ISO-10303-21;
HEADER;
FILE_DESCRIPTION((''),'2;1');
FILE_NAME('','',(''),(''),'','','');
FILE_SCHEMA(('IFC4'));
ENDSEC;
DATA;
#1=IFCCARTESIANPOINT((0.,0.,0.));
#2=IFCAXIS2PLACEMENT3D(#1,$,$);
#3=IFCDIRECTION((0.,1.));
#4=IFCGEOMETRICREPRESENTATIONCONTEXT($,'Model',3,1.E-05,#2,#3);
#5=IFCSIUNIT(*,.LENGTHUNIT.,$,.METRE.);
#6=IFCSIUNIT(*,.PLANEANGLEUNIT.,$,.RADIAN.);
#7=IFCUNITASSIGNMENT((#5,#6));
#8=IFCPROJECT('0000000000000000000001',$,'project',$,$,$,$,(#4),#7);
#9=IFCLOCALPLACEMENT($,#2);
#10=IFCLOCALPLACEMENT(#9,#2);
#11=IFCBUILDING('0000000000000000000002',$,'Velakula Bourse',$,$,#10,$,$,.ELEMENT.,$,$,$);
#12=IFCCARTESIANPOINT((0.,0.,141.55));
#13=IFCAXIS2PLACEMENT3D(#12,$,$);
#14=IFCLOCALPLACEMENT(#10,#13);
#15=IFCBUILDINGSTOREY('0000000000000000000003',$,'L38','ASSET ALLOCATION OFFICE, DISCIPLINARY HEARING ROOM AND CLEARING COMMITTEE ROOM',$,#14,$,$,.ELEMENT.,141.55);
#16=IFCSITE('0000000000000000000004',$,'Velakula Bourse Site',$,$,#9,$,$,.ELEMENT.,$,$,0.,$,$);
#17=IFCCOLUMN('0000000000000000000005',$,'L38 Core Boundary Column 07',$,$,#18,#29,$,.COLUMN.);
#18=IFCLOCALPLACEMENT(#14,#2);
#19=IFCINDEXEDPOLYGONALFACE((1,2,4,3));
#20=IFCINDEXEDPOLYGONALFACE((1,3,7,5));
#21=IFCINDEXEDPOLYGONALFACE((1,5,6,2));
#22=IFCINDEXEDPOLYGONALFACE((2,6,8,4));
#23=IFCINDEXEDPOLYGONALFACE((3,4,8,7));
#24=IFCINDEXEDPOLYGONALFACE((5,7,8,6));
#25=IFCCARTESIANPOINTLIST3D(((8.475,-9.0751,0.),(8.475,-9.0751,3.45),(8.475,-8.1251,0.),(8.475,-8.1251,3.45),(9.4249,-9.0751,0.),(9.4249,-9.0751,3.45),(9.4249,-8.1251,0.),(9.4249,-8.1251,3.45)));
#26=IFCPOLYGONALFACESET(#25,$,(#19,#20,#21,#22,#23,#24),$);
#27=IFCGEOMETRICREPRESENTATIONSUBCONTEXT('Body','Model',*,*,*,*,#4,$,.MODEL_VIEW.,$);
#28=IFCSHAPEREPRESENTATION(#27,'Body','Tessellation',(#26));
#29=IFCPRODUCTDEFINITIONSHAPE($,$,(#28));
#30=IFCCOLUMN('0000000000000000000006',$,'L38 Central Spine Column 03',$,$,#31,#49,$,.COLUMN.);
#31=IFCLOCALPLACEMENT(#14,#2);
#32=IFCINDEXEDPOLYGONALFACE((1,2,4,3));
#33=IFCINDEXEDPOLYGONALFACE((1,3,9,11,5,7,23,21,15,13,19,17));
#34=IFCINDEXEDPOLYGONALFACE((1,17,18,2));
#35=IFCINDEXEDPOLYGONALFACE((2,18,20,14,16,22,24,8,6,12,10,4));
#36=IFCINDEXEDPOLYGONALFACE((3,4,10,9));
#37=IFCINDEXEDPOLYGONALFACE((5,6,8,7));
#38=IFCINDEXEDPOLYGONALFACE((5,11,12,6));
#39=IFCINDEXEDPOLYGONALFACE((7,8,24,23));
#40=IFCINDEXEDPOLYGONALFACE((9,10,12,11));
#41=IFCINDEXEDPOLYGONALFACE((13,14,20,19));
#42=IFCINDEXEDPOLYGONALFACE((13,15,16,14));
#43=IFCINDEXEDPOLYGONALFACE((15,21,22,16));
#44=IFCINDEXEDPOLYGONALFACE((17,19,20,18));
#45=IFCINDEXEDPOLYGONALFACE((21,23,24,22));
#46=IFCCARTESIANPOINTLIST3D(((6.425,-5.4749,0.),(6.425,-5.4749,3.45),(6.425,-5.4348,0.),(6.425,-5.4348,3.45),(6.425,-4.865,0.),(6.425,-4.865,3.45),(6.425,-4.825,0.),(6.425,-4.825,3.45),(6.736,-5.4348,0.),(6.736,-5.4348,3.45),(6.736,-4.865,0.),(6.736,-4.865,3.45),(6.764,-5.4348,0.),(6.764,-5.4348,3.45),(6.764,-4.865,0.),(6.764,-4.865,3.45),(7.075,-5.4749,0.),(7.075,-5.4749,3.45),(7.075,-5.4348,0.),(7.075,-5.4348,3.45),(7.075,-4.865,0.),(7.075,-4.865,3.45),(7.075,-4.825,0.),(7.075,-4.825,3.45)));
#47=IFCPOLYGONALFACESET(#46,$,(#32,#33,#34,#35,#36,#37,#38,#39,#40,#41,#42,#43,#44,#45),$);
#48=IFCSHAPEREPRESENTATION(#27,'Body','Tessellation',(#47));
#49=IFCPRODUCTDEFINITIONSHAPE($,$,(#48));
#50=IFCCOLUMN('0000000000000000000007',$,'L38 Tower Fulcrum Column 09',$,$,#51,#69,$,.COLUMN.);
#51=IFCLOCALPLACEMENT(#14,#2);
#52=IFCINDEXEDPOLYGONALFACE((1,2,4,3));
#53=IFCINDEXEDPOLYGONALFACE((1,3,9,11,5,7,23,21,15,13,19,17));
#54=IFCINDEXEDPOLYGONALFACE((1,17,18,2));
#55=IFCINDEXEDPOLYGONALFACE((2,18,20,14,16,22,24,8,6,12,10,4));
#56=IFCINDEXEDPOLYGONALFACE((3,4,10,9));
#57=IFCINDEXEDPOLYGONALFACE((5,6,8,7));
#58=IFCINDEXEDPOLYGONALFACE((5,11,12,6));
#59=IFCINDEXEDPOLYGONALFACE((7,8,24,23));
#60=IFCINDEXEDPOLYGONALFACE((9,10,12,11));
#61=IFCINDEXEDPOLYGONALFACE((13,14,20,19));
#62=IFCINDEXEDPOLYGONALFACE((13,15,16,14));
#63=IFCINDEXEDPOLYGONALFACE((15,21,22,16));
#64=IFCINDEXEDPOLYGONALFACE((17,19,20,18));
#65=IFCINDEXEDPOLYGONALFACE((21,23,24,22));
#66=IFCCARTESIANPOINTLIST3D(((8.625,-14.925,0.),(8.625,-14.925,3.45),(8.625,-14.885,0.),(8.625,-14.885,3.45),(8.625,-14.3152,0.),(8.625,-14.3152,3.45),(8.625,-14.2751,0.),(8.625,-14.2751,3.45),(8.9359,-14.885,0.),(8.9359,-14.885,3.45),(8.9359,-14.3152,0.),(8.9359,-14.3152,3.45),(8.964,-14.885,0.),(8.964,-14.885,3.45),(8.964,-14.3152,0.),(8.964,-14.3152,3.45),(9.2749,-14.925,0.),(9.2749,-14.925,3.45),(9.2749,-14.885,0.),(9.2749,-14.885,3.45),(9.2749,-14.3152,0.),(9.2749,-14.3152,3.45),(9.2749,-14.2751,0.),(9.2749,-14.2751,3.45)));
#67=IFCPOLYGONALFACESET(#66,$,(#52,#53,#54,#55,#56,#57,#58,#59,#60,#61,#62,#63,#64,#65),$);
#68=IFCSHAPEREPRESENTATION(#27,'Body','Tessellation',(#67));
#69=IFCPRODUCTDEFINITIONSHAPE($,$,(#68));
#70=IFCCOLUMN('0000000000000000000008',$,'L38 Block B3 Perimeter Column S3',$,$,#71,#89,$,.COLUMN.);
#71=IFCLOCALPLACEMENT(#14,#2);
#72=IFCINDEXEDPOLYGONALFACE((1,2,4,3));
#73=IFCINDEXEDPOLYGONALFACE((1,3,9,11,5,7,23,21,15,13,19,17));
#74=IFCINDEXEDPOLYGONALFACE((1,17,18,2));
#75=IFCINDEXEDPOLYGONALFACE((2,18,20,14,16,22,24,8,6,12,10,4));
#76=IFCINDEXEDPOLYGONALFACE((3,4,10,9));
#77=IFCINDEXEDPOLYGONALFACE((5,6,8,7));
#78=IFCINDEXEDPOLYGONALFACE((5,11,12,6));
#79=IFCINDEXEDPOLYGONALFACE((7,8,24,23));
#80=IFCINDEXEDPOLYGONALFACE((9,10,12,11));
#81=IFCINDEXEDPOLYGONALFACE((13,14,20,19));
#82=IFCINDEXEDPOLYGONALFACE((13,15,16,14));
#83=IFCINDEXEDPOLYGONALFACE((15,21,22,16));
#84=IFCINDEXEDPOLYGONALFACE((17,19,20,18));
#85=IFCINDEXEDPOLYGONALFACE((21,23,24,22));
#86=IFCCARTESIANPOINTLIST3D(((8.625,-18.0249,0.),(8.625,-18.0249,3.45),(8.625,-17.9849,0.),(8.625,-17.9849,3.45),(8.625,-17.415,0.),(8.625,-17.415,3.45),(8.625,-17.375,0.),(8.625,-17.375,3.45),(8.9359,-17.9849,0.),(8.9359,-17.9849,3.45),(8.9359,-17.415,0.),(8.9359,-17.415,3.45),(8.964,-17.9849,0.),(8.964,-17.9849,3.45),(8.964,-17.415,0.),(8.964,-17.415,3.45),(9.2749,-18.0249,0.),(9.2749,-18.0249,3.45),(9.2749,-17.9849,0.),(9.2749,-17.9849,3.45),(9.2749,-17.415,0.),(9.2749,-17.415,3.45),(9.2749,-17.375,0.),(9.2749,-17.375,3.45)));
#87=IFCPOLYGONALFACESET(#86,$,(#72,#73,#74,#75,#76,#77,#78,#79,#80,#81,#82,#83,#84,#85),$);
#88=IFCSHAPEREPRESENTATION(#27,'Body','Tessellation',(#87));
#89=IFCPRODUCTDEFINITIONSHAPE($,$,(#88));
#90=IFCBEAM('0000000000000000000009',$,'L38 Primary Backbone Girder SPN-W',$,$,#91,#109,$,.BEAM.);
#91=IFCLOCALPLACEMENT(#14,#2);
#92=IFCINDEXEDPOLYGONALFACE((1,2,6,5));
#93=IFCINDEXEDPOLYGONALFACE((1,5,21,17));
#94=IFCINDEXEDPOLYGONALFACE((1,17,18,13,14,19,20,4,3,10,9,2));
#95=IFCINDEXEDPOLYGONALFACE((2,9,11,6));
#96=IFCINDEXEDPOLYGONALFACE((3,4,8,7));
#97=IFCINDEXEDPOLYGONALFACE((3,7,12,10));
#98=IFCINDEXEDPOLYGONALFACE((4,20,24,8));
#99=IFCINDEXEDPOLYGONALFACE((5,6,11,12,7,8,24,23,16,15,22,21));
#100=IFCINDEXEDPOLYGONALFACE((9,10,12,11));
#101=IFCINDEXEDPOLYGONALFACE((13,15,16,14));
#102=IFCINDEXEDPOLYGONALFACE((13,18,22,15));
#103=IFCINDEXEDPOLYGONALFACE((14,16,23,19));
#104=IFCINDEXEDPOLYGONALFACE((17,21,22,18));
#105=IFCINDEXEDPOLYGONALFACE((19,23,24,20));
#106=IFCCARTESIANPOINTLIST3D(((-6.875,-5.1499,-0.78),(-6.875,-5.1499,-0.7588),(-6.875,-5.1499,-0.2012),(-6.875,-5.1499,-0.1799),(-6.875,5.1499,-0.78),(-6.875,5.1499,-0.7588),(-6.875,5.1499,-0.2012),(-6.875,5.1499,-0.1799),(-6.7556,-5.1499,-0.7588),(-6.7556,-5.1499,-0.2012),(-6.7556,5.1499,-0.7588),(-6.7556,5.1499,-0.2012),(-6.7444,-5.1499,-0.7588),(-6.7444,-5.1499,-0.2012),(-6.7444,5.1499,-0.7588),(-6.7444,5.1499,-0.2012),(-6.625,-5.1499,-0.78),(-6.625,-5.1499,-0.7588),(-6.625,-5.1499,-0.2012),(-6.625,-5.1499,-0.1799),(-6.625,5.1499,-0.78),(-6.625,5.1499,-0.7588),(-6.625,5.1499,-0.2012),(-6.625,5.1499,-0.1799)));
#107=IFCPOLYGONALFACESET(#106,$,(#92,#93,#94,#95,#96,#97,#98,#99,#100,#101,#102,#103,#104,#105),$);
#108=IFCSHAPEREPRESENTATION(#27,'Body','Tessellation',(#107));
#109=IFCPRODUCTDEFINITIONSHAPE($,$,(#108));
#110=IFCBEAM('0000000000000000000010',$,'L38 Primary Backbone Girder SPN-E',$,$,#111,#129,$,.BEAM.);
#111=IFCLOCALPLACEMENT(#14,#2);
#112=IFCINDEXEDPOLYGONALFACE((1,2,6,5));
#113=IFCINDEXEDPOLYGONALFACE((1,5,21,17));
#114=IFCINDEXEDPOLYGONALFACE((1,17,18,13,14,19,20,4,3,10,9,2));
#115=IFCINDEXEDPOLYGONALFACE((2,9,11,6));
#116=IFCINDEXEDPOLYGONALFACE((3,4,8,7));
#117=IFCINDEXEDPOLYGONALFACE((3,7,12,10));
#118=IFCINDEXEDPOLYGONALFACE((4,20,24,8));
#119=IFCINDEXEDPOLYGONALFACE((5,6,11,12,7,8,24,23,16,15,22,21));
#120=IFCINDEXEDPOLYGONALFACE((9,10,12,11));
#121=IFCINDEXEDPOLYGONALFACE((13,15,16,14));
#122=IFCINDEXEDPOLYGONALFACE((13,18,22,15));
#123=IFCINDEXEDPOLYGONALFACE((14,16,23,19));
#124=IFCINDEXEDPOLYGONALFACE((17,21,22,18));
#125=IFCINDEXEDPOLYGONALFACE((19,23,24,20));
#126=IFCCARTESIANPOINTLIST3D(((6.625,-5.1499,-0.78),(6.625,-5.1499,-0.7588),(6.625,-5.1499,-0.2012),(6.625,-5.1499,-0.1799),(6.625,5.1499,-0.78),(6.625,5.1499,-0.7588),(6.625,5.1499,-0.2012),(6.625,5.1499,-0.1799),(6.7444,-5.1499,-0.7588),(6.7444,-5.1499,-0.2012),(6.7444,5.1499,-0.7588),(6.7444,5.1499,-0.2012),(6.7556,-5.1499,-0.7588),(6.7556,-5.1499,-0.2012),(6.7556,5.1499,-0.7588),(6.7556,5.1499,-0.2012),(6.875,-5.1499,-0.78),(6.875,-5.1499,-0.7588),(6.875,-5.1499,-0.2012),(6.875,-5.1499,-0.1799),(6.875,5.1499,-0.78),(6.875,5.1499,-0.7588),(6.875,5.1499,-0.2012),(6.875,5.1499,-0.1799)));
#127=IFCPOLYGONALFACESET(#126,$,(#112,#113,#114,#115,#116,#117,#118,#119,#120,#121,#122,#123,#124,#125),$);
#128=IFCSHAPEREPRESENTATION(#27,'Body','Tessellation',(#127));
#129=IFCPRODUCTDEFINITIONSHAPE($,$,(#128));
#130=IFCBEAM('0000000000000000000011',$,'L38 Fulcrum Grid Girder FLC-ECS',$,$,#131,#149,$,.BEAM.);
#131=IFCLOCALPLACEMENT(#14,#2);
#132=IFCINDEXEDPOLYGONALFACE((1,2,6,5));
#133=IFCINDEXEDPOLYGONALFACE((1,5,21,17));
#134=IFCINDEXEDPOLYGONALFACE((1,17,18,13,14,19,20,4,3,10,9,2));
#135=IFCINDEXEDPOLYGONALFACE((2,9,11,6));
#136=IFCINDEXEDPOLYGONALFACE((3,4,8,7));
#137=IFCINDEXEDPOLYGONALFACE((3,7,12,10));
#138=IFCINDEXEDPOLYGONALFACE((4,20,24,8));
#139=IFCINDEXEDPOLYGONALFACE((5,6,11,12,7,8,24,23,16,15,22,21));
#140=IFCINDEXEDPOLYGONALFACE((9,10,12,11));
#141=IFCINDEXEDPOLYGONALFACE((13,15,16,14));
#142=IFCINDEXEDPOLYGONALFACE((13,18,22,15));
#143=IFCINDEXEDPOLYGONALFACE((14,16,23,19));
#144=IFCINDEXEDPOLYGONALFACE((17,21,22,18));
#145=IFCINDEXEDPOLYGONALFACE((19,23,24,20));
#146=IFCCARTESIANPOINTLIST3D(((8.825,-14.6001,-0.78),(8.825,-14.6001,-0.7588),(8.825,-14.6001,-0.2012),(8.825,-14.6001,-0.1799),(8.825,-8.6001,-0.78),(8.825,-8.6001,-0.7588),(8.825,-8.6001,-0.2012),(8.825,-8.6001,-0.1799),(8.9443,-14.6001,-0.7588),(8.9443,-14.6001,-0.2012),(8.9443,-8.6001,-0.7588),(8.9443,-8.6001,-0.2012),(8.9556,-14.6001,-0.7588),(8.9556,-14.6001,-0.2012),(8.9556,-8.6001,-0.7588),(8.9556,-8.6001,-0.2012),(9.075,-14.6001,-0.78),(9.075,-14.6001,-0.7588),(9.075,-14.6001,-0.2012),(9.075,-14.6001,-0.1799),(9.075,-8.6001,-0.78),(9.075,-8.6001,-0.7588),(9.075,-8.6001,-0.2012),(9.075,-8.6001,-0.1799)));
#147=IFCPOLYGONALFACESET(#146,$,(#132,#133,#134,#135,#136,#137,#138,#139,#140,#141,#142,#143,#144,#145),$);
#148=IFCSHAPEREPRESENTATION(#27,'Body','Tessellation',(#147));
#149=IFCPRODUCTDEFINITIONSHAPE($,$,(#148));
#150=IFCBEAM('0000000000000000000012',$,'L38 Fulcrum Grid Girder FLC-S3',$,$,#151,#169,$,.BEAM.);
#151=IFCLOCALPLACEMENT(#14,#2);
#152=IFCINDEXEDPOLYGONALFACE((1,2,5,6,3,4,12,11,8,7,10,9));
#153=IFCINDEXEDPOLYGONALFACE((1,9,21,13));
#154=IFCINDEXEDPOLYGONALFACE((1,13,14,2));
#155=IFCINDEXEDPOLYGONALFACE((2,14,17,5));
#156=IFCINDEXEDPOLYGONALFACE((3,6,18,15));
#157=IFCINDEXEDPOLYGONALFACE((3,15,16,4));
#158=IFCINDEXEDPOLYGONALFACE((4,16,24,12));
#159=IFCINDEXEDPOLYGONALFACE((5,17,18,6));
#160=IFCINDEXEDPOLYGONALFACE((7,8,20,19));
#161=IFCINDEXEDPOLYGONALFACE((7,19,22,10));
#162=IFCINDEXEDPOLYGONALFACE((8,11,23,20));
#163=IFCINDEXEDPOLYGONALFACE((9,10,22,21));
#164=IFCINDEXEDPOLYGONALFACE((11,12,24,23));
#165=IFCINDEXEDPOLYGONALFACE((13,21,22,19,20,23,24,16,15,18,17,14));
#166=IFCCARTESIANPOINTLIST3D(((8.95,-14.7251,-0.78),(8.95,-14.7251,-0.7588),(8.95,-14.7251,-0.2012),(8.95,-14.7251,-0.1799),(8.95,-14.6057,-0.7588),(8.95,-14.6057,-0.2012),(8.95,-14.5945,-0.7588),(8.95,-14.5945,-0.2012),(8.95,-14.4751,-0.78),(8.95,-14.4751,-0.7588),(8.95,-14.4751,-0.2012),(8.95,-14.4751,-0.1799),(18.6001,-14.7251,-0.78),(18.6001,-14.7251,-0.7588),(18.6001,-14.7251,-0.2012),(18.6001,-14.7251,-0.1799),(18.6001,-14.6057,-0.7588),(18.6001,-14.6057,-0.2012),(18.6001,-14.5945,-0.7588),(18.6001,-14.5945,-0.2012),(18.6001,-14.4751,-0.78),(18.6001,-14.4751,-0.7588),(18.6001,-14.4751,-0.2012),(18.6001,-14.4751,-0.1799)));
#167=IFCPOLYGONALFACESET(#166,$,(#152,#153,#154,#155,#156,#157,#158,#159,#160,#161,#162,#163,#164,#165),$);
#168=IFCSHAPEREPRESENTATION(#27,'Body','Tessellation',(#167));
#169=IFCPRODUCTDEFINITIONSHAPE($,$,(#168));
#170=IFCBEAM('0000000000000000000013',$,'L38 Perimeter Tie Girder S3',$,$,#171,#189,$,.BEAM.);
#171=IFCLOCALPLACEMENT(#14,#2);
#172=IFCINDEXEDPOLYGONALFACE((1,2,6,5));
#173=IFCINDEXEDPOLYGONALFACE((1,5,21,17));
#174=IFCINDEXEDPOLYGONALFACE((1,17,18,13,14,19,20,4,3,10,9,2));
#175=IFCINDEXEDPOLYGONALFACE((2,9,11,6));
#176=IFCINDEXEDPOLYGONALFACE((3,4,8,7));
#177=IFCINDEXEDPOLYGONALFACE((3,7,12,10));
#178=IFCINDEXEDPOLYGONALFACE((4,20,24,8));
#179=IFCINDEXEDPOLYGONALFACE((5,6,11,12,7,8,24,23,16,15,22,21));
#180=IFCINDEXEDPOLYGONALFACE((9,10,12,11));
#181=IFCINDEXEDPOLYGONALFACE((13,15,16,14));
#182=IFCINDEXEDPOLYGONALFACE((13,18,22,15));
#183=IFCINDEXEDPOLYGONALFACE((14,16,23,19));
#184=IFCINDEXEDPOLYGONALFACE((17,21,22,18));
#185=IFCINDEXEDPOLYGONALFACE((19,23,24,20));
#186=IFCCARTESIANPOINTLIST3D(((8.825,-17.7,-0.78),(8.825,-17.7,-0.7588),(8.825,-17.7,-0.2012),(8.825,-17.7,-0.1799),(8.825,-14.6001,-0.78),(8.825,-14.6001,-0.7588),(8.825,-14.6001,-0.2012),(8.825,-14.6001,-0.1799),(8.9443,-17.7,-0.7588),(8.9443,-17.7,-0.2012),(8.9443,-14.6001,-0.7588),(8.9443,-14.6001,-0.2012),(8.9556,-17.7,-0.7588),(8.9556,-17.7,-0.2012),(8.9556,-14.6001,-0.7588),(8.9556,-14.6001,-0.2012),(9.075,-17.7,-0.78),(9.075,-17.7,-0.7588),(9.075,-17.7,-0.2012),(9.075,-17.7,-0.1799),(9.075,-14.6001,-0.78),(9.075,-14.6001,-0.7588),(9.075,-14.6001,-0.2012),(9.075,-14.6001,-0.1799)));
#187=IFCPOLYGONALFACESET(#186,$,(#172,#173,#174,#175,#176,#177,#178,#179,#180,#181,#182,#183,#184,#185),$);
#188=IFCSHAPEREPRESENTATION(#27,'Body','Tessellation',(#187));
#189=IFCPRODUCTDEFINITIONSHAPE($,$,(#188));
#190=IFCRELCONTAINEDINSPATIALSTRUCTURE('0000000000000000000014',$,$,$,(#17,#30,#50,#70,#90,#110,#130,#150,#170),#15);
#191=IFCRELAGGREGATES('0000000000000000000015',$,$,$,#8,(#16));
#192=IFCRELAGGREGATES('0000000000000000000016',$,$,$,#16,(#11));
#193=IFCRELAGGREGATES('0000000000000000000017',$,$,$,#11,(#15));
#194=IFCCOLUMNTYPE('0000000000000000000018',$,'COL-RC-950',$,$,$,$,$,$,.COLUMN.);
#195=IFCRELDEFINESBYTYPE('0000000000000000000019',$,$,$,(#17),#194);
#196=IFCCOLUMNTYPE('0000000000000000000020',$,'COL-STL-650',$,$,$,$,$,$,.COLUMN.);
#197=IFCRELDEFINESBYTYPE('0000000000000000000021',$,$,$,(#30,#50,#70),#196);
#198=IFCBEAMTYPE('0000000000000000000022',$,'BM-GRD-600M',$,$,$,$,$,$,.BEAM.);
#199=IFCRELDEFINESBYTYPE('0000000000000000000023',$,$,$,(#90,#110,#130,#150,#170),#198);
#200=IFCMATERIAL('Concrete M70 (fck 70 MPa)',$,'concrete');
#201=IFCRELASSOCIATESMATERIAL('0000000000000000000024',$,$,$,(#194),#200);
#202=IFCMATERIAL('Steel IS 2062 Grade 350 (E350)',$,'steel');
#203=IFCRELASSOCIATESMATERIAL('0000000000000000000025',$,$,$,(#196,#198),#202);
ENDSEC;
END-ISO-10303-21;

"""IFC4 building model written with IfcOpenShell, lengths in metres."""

from ifc_helpers import new_model, si_unit, direction, frame, origin, origin_2d, place, context, subcontext, project, spatial, rectangle, i_section, extrude, material, material_profile, profile_set, type_object, element, save


model = new_model("IFC4")

# Units and contexts
model_context = context("Model", 3, precision=1e-05, world=origin(), true_north=direction((0.0, 1.0)))
body_context = subcontext(model_context, "Body", "Model", "MODEL_VIEW")
ifc_project = project(units=[si_unit("LENGTHUNIT", "METRE"), si_unit("PLANEANGLEUNIT", "RADIAN")], contexts=[model_context])

# Site, building, storey
site_placement = place(None, origin())
site = spatial("IfcSite", under=ifc_project, at=site_placement, Name="Velakula Bourse Site", CompositionType="ELEMENT", RefElevation=0.0)
building_placement = place(site_placement, origin())
building = spatial("IfcBuilding", under=site, at=building_placement, Name="Velakula Bourse", CompositionType="ELEMENT")
storey_placement = place(building_placement, frame((0.0, 0.0, 141.55)))
storey = spatial("IfcBuildingStorey", under=building, at=storey_placement, Name="L38", Description="ASSET ALLOCATION OFFICE, DISCIPLINARY HEARING ROOM AND CLEARING COMMITTEE ROOM", CompositionType="ELEMENT", Elevation=141.55)

# Columns
ifc_material_1 = material(Name="Concrete M70 (fck 70 MPa)", Category="concrete")
ifc_material_profile_1 = material_profile(ifc_material_1, rectangle(XDim=0.95, YDim=0.95, at=origin_2d()), Name="Concrete M70 (fck 70 MPa)")
ifc_profile_set_1 = profile_set([ifc_material_profile_1], Name="Concrete M70 (fck 70 MPa)")
column_type_1 = type_object("IfcColumnType", Name="COL-RC-950", PredefinedType="COLUMN", material=ifc_profile_set_1)
column_placement = place(storey_placement, frame((8.95, -8.6001, 0.0), z_axis=(0.0, 0.0, 1.0), x_axis=(1.0, 0.0, 0.0)))
element("IfcColumn", 1, at=column_placement, inside=storey, type_object=column_type_1, Name="L38 Core Boundary Column 07", PredefinedType="COLUMN", context=body_context, shape_type="SweptSolid", body=[
    extrude(rectangle(XDim=0.95, YDim=0.95, at=origin_2d()), origin(), (0.0, 0.0, 1.0), 3.45),
])
ifc_material_2 = material(Name="Steel IS 2062 Grade 350 (E350)", Category="steel")
ifc_material_profile_2 = material_profile(ifc_material_2, i_section(OverallWidth=0.6499, OverallDepth=0.6499, WebThickness=0.0281, FlangeThickness=0.04, at=origin_2d()), Name="Steel IS 2062 Grade 350 (E350)")
ifc_profile_set_2 = profile_set([ifc_material_profile_2], Name="Steel IS 2062 Grade 350 (E350)")
column_type_2 = type_object("IfcColumnType", Name="COL-STL-650", PredefinedType="COLUMN", material=ifc_profile_set_2)
for number, where, z_axis, x_axis, name in (
    (2, (6.75, -5.1499, 0.0), (0.0, 0.0, 1.0), (1.0, 0.0, 0.0), "L38 Central Spine Column 03"),
    (3, (8.95, -14.6001, 0.0), (0.0, 0.0, 1.0), (1.0, 0.0, 0.0), "L38 Tower Fulcrum Column 09"),
    (4, (8.95, -17.7, 0.0), (0.0, 0.0, 1.0), (1.0, 0.0, 0.0), "L38 Block B3 Perimeter Column S3"),
):
    element("IfcColumn", number, at=place(storey_placement, frame(where, z_axis=z_axis, x_axis=x_axis)), inside=storey, type_object=column_type_2, Name=name, PredefinedType="COLUMN", context=body_context, shape_type="SweptSolid", body=[
        extrude(i_section(OverallWidth=0.6499, OverallDepth=0.6499, WebThickness=0.0281, FlangeThickness=0.04, at=origin_2d()), origin(), (0.0, 0.0, 1.0), 3.45),
    ])

# Beams
ifc_material_profile_3 = material_profile(ifc_material_2, i_section(OverallWidth=0.25, OverallDepth=0.6001, WebThickness=0.0112, FlangeThickness=0.0212, at=origin_2d()), Name="Steel IS 2062 Grade 350 (E350)")
ifc_profile_set_3 = profile_set([ifc_material_profile_3], Name="Steel IS 2062 Grade 350 (E350)")
beam_type_1 = type_object("IfcBeamType", Name="BM-GRD-600M", PredefinedType="BEAM", material=ifc_profile_set_3)
for number, where, z_axis, x_axis, name in (
    (5, (-6.75, -5.1499, -0.48), (0.0, 1.0, 0.0), (-1.0, 0.0, 0.0), "L38 Primary Backbone Girder SPN-W"),
    (6, (6.75, -5.1499, -0.48), (0.0, 1.0, 0.0), (-1.0, 0.0, 0.0), "L38 Primary Backbone Girder SPN-E"),
):
    element("IfcBeam", number, at=place(storey_placement, frame(where, z_axis=z_axis, x_axis=x_axis)), inside=storey, type_object=beam_type_1, Name=name, PredefinedType="BEAM", context=body_context, shape_type="SweptSolid", body=[
        extrude(i_section(OverallWidth=0.25, OverallDepth=0.6001, WebThickness=0.0112, FlangeThickness=0.0212, at=origin_2d()), origin(), (0.0, 0.0, 1.0), 10.2998),
    ])
beam_1_placement = place(storey_placement, frame((8.95, -14.6001, -0.48), z_axis=(0.0, 1.0, 0.0), x_axis=(-1.0, 0.0, 0.0)))
element("IfcBeam", 7, at=beam_1_placement, inside=storey, type_object=beam_type_1, Name="L38 Fulcrum Grid Girder FLC-ECS", PredefinedType="BEAM", context=body_context, shape_type="SweptSolid", body=[
    extrude(i_section(OverallWidth=0.25, OverallDepth=0.6001, WebThickness=0.0112, FlangeThickness=0.0212, at=origin_2d()), origin(), (0.0, 0.0, 1.0), 6.0),
])
beam_2_placement = place(storey_placement, frame((8.95, -14.6001, -0.48), z_axis=(1.0, 0.0, 0.0), x_axis=(0.0, 1.0, 0.0)))
element("IfcBeam", 8, at=beam_2_placement, inside=storey, type_object=beam_type_1, Name="L38 Fulcrum Grid Girder FLC-S3", PredefinedType="BEAM", context=body_context, shape_type="SweptSolid", body=[
    extrude(i_section(OverallWidth=0.25, OverallDepth=0.6001, WebThickness=0.0112, FlangeThickness=0.0212, at=origin_2d()), origin(), (0.0, 0.0, 1.0), 9.6501),
])
beam_3_placement = place(storey_placement, frame((8.95, -14.6001, -0.48), z_axis=(0.0, -1.0, 0.0), x_axis=(1.0, 0.0, 0.0)))
element("IfcBeam", 9, at=beam_3_placement, inside=storey, type_object=beam_type_1, Name="L38 Perimeter Tie Girder S3", PredefinedType="BEAM", context=body_context, shape_type="SweptSolid", body=[
    extrude(i_section(OverallWidth=0.25, OverallDepth=0.6001, WebThickness=0.0112, FlangeThickness=0.0212, at=origin_2d()), origin(), (0.0, 0.0, 1.0), 3.0999),
])

save(model, "model.ifc")
